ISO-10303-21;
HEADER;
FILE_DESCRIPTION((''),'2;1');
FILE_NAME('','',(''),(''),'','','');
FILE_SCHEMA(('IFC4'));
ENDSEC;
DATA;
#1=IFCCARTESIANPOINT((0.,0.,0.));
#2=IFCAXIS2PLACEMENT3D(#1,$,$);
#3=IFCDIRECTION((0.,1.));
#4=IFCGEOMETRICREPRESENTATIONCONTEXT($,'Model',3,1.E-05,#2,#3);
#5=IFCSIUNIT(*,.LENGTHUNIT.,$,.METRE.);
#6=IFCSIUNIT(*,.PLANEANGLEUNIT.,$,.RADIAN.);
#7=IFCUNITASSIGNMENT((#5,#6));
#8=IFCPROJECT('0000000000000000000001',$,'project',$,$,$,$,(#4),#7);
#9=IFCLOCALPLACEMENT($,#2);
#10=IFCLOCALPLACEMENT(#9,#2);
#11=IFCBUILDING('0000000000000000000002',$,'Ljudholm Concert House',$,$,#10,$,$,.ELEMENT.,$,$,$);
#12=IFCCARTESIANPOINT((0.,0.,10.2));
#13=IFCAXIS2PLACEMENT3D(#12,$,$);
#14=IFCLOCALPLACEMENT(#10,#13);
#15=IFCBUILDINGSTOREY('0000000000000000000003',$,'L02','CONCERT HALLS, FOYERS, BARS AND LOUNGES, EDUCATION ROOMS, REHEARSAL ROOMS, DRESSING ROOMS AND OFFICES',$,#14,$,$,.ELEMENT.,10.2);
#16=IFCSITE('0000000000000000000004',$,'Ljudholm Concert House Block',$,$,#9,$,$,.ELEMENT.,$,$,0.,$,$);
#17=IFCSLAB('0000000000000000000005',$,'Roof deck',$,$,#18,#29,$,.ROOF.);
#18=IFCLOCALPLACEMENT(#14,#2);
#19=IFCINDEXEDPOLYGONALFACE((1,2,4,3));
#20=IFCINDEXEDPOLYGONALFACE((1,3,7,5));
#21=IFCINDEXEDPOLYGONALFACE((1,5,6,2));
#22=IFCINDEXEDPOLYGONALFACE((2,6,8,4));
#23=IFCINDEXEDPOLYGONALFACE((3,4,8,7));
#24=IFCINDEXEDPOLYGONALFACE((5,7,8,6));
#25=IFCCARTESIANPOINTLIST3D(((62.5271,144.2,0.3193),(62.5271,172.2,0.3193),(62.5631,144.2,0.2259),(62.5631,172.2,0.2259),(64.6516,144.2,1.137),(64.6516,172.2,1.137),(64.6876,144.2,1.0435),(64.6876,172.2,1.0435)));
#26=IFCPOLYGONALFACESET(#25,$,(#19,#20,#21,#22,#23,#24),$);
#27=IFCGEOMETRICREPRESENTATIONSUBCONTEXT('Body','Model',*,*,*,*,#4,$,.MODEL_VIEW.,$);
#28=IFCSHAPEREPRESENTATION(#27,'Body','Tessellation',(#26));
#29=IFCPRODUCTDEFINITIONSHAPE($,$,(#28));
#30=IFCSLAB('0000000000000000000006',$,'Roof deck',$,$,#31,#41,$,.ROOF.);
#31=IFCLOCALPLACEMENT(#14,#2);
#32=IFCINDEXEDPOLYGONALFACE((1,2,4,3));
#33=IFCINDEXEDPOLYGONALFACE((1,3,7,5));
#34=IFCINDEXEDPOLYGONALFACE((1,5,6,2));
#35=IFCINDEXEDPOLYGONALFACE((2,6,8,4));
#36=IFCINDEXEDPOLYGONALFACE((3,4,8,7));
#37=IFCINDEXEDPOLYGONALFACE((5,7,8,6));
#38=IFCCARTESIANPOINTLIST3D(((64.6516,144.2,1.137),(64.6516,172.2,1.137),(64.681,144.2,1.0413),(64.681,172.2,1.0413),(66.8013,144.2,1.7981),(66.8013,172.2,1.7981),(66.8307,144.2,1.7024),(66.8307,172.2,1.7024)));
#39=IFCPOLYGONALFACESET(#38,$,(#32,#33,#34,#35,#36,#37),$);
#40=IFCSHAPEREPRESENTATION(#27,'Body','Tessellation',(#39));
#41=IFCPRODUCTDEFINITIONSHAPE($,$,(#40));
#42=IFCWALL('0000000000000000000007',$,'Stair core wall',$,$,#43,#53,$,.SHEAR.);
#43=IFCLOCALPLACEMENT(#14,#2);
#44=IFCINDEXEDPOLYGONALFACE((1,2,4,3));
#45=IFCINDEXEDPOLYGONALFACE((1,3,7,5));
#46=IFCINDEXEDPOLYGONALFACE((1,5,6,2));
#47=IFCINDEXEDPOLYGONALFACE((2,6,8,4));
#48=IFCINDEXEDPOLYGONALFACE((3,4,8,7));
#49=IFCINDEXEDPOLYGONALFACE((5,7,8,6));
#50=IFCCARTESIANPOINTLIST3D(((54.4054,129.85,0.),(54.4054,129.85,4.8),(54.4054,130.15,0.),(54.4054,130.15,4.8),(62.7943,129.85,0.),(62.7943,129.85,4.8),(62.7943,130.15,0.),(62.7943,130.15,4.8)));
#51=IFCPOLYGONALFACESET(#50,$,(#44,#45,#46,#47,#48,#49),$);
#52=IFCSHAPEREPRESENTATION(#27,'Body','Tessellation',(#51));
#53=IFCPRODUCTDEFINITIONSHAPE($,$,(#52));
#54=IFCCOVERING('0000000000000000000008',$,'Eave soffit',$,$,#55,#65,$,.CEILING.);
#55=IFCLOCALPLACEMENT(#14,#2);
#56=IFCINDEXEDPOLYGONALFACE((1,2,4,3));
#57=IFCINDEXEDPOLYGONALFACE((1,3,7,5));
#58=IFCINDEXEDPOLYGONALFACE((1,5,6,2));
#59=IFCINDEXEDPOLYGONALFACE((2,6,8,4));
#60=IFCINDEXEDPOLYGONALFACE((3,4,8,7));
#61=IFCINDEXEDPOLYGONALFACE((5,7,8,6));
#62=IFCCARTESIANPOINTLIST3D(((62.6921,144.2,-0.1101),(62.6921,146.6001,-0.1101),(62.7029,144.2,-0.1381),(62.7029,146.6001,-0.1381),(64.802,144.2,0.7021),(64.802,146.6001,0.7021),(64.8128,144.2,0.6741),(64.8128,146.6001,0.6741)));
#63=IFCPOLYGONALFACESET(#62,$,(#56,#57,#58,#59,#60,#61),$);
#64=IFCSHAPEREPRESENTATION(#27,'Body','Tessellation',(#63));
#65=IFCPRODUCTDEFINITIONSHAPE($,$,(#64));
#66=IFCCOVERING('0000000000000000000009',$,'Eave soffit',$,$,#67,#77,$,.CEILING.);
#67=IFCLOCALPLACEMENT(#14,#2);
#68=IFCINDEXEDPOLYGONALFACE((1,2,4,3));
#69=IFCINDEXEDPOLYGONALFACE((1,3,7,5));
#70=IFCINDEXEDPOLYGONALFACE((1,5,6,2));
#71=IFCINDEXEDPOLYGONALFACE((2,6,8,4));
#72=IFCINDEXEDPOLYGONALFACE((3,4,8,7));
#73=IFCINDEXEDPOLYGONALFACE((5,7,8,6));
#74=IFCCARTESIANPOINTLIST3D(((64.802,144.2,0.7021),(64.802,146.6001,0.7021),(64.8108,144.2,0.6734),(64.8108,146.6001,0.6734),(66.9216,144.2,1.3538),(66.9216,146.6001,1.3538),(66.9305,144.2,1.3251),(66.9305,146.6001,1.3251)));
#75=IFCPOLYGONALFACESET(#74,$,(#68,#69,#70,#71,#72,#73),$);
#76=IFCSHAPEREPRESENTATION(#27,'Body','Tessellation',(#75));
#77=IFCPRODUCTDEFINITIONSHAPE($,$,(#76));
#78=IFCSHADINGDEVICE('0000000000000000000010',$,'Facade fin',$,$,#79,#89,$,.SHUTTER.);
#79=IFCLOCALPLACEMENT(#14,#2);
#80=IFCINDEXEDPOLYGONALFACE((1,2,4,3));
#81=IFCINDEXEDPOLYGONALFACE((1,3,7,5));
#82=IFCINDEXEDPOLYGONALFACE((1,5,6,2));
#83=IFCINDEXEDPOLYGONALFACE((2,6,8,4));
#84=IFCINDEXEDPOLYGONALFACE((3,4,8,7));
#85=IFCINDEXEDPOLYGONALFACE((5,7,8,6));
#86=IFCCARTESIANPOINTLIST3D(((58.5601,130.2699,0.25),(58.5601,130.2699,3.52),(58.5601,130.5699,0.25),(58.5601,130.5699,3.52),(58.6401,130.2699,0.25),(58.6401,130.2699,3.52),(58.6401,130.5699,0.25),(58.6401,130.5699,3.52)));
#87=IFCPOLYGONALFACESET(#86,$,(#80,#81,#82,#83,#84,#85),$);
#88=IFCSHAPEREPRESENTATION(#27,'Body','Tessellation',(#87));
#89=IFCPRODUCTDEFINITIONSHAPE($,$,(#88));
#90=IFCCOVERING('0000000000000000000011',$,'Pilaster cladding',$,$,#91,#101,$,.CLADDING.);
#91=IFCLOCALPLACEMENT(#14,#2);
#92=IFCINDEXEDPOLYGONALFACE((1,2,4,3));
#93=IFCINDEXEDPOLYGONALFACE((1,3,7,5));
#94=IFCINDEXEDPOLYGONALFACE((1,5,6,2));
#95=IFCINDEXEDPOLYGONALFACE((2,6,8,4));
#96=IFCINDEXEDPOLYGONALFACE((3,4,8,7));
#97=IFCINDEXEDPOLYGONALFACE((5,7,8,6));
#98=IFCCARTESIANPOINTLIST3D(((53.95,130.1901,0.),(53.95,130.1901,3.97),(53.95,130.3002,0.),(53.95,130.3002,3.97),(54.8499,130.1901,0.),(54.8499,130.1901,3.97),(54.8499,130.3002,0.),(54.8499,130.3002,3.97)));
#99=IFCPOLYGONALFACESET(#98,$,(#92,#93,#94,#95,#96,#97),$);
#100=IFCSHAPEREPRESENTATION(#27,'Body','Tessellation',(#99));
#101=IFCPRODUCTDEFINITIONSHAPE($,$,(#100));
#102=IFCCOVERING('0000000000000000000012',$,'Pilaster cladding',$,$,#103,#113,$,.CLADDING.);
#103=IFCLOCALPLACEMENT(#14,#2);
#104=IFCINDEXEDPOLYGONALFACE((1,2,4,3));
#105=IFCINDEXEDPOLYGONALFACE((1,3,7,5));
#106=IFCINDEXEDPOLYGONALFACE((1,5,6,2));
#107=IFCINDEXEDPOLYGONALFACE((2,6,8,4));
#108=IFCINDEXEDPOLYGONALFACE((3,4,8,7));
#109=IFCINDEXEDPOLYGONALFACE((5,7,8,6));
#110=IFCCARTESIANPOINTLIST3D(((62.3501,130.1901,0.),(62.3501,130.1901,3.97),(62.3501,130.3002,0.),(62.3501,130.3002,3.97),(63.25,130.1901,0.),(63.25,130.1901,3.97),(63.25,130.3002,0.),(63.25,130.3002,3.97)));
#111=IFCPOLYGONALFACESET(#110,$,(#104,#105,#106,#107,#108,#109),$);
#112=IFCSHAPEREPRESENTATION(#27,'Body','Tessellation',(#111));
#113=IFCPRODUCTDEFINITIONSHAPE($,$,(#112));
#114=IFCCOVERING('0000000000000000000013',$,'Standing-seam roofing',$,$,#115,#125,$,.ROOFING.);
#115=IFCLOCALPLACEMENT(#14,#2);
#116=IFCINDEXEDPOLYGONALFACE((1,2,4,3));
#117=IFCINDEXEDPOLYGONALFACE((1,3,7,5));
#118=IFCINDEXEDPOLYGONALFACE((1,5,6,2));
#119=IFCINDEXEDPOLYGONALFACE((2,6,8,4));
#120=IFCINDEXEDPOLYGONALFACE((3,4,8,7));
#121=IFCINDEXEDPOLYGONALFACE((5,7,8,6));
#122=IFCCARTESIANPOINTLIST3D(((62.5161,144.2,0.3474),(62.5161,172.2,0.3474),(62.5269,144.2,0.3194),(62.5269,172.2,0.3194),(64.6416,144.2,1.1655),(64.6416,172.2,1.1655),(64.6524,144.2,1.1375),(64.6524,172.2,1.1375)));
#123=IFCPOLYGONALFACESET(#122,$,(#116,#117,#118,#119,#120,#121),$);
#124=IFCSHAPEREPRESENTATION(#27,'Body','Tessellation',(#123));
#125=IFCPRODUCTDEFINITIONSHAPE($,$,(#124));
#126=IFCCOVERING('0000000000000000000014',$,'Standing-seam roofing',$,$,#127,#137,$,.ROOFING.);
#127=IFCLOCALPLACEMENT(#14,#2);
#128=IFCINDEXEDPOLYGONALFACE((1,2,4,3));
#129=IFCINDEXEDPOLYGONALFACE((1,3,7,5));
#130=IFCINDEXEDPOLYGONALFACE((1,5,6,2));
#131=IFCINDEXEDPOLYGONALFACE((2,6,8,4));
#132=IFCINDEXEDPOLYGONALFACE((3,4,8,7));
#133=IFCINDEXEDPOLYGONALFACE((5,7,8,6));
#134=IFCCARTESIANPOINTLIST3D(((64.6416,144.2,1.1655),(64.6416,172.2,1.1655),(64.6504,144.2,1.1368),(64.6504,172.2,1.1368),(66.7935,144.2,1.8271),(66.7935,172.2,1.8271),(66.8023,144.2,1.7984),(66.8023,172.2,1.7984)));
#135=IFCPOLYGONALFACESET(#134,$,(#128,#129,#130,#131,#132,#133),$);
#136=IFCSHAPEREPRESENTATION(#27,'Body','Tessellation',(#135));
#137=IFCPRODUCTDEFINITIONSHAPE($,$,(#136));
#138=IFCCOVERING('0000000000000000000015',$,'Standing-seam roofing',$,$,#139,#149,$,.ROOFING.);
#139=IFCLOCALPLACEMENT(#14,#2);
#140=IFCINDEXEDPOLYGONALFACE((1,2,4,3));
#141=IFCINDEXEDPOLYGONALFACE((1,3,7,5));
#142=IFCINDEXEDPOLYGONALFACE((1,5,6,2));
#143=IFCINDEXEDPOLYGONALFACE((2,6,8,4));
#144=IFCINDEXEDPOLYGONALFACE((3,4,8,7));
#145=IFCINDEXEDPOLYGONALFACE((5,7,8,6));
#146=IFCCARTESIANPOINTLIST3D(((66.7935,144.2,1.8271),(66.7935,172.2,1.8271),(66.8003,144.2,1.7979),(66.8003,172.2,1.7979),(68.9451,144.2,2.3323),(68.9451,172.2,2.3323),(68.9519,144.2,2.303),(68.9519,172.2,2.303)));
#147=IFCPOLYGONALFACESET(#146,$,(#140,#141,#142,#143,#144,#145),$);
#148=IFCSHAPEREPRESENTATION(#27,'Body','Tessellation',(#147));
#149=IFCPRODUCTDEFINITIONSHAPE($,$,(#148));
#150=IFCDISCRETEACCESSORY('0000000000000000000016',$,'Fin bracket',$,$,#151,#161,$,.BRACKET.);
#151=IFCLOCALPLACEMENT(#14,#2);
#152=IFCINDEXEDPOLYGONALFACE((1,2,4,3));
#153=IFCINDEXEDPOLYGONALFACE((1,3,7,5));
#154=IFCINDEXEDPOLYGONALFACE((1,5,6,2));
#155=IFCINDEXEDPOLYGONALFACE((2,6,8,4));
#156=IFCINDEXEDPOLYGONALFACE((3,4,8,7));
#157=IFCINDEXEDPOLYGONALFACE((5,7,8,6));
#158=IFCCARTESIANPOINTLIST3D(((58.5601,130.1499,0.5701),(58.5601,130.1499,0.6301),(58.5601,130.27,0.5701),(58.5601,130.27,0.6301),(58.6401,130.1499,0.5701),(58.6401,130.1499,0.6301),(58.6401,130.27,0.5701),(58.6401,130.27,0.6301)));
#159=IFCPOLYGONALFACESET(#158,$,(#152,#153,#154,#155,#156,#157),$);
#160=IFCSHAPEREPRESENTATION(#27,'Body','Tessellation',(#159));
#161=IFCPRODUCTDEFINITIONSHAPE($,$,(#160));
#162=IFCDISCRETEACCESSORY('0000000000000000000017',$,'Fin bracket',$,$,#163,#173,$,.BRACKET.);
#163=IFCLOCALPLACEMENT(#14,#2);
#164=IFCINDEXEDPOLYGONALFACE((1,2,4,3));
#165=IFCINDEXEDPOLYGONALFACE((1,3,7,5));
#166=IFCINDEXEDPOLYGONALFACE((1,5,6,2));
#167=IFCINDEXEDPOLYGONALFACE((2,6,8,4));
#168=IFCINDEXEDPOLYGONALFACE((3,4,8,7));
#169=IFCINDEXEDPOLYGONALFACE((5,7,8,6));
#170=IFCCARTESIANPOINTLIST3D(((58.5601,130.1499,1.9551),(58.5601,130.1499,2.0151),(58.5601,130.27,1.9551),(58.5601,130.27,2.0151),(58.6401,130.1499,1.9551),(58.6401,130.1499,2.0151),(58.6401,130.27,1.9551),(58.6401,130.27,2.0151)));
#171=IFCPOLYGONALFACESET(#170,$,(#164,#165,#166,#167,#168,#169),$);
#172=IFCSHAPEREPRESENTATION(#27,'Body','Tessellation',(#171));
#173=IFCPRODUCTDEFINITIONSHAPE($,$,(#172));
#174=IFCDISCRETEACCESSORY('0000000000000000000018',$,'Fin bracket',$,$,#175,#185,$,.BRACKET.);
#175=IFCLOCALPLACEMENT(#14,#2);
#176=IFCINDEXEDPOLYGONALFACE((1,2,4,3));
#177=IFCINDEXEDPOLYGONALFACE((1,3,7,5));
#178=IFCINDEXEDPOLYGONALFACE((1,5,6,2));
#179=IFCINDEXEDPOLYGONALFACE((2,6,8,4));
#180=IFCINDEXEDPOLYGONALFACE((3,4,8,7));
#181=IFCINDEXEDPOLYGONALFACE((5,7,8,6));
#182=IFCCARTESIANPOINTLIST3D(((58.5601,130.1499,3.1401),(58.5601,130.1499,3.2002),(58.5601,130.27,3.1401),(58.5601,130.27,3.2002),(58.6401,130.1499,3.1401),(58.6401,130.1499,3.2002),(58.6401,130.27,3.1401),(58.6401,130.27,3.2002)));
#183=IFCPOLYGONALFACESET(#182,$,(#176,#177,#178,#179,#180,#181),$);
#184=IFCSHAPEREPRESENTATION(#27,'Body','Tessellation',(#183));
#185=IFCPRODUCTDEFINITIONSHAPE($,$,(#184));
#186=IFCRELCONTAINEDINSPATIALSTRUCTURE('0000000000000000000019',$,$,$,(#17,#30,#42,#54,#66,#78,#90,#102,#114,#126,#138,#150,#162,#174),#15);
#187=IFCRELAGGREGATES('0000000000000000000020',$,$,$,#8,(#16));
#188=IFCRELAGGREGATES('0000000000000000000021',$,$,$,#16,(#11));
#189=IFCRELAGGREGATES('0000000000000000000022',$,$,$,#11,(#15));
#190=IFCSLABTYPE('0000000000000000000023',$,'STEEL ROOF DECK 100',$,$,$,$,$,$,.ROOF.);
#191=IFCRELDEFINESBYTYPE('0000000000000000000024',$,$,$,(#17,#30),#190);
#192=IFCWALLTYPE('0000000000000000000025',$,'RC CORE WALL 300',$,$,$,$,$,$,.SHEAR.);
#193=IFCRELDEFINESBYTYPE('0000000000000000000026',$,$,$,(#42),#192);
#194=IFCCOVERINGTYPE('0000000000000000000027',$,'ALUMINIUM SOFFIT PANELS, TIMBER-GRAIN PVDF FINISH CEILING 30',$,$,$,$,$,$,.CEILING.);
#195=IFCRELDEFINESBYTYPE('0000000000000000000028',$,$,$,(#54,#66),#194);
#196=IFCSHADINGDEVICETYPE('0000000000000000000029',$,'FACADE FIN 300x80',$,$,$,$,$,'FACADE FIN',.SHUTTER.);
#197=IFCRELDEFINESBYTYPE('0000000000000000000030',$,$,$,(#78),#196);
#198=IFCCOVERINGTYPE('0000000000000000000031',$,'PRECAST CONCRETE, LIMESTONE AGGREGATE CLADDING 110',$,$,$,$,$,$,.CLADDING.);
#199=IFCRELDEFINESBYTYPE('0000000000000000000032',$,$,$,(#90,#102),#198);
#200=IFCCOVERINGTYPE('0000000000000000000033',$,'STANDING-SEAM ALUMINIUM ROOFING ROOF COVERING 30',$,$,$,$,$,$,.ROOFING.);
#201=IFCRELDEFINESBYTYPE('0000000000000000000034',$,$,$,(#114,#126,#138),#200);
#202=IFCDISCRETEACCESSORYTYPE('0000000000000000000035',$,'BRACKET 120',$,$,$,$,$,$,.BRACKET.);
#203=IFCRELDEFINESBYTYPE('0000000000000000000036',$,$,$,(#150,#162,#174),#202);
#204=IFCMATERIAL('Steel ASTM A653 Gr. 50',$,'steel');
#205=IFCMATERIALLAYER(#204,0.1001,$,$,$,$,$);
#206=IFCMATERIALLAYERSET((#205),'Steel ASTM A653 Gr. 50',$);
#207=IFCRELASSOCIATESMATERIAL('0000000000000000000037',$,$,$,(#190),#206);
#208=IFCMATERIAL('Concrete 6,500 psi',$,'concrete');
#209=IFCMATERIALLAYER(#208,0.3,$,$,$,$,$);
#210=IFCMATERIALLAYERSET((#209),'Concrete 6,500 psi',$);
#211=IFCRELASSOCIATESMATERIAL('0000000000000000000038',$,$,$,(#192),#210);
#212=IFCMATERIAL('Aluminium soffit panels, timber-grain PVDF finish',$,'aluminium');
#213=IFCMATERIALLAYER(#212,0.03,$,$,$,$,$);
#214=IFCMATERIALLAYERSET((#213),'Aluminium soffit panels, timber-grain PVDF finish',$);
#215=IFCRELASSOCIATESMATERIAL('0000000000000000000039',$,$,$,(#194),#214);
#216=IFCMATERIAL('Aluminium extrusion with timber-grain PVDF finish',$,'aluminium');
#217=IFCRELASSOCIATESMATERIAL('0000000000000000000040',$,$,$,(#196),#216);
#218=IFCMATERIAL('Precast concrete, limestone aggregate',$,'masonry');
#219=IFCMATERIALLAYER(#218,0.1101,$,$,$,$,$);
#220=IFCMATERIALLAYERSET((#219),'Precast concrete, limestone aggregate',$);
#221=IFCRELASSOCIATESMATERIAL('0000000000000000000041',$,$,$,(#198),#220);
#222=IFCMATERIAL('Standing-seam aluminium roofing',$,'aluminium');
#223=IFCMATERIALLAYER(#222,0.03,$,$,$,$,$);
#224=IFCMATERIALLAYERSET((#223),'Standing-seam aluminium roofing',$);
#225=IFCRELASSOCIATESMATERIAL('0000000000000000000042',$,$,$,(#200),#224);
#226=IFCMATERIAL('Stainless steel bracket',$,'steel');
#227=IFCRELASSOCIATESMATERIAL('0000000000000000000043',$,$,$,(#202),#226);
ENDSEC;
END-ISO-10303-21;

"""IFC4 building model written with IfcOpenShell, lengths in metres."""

from ifc_helpers import new_model, si_unit, direction, frame, frame_2d, origin, origin_2d, place, context, subcontext, project, spatial, polyline, rectangle, outline, extrude, material, layer, layer_set, type_object, element, save


model = new_model("IFC4")

# Units and contexts
model_context = context("Model", 3, precision=1e-05, world=origin(), true_north=direction((0.0, 1.0)))
body_context = subcontext(model_context, "Body", "Model", "MODEL_VIEW")
ifc_project = project(units=[si_unit("LENGTHUNIT", "METRE"), si_unit("PLANEANGLEUNIT", "RADIAN")], contexts=[model_context])

# Site, building, storey
site_placement = place(None, origin())
site = spatial("IfcSite", under=ifc_project, at=site_placement, Name="Ljudholm Concert House Block", CompositionType="ELEMENT", RefElevation=0.0)
building_placement = place(site_placement, origin())
building = spatial("IfcBuilding", under=site, at=building_placement, Name="Ljudholm Concert House", CompositionType="ELEMENT")
storey_placement = place(building_placement, frame((0.0, 0.0, 10.2)))
storey = spatial("IfcBuildingStorey", under=building, at=storey_placement, Name="L02", Description="CONCERT HALLS, FOYERS, BARS AND LOUNGES, EDUCATION ROOMS, REHEARSAL ROOMS, DRESSING ROOMS AND OFFICES", CompositionType="ELEMENT", Elevation=10.2)

# Slabs
ifc_material_1 = material(Name="Steel ASTM A653 Gr. 50", Category="steel")
ifc_layer_1 = layer(ifc_material_1, 0.1001)
ifc_layer_set_1 = layer_set([ifc_layer_1], Name="Steel ASTM A653 Gr. 50")
slab_type = type_object("IfcSlabType", Name="STEEL ROOF DECK 100", PredefinedType="ROOF", material=ifc_layer_set_1)
slab_1_placement = place(storey_placement, frame((62.5271, 144.2, 0.3193), z_axis=(-0.359173, 0.0, 0.933271), x_axis=(0.933271, 0.0, 0.359173)))
element("IfcSlab", 1, at=slab_1_placement, inside=storey, type_object=slab_type, Name="Roof deck", PredefinedType="ROOF", context=body_context, shape_type="SweptSolid", body=[
    extrude(outline(polyline([(0.0, 0.0), (2.2764, 0.0), (2.2764, 28.0), (0.0, 28.0), (0.0, 0.0)])), origin(), (0.0, 0.0, -1.0), 0.1001),
])
slab_2_placement = place(storey_placement, frame((64.6516, 144.2, 1.137), z_axis=(-0.293964, 0.0, 0.955817), x_axis=(0.955817, 0.0, 0.293964)))
element("IfcSlab", 2, at=slab_2_placement, inside=storey, type_object=slab_type, Name="Roof deck", PredefinedType="ROOF", context=body_context, shape_type="SweptSolid", body=[
    extrude(outline(polyline([(0.0, 0.0), (2.249, 0.0), (2.249, 28.0), (0.0, 28.0), (0.0, 0.0)])), origin(), (0.0, 0.0, -1.0), 0.1001),
])

# Wall
ifc_material_2 = material(Name="Concrete 6,500 psi", Category="concrete")
ifc_layer_2 = layer(ifc_material_2, 0.3)
ifc_layer_set_2 = layer_set([ifc_layer_2], Name="Concrete 6,500 psi")
wall_type = type_object("IfcWallType", Name="RC CORE WALL 300", PredefinedType="SHEAR", material=ifc_layer_set_2)
wall_placement = place(storey_placement, frame((54.4055, 130.0, 0.0), z_axis=(0.0, 0.0, 1.0), x_axis=(1.0, 0.0, 0.0)))
element("IfcWall", 3, at=wall_placement, inside=storey, type_object=wall_type, Name="Stair core wall", PredefinedType="SHEAR", context=body_context, shape_type="SweptSolid", body=[
    extrude(rectangle(XDim=8.3889, YDim=0.3, at=frame_2d((4.1943, 0.0))), origin(), (0.0, 0.0, 1.0), 4.8),
])

# Coverings
ifc_material_3 = material(Name="Aluminium soffit panels, timber-grain PVDF finish", Category="aluminium")
ifc_layer_3 = layer(ifc_material_3, 0.03)
ifc_layer_set_3 = layer_set([ifc_layer_3], Name="Aluminium soffit panels, timber-grain PVDF finish")
covering_type_1 = type_object("IfcCoveringType", Name="ALUMINIUM SOFFIT PANELS, TIMBER-GRAIN PVDF FINISH CEILING 30", PredefinedType="CEILING", material=ifc_layer_set_3)
covering_1_placement = place(storey_placement, frame((62.6921, 144.2, -0.1101), z_axis=(-0.359276, 0.0, 0.933231), x_axis=(0.933231, 0.0, 0.359276)))
element("IfcCovering", 4, at=covering_1_placement, inside=storey, type_object=covering_type_1, Name="Eave soffit", PredefinedType="CEILING", context=body_context, shape_type="SweptSolid", body=[
    extrude(outline(polyline([(0.0, 0.0), (2.2608, 0.0), (2.2608, 2.4001), (0.0, 2.4001), (0.0, 0.0)])), origin(), (0.0, 0.0, -1.0), 0.03),
])
covering_2_placement = place(storey_placement, frame((64.802, 144.2, 0.7021), z_axis=(-0.293846, 0.0, 0.955853), x_axis=(0.955853, 0.0, 0.293846)))
element("IfcCovering", 5, at=covering_2_placement, inside=storey, type_object=covering_type_1, Name="Eave soffit", PredefinedType="CEILING", context=body_context, shape_type="SweptSolid", body=[
    extrude(outline(polyline([(0.0, 0.0), (2.2175, 0.0), (2.2175, 2.4001), (0.0, 2.4001), (0.0, 0.0)])), origin(), (0.0, 0.0, -1.0), 0.03),
])

# Shading device
ifc_material_4 = material(Name="Aluminium extrusion with timber-grain PVDF finish", Category="aluminium")
shading_device_type = type_object("IfcShadingDeviceType", Name="FACADE FIN 300x80", ElementType="FACADE FIN", PredefinedType="SHUTTER", material=ifc_material_4)
shading_device_placement = place(storey_placement, frame((58.6001, 130.4199, 0.25), z_axis=(0.0, 0.0, 1.0), x_axis=(0.0, 1.0, 0.0)))
element("IfcShadingDevice", 6, at=shading_device_placement, inside=storey, type_object=shading_device_type, Name="Facade fin", PredefinedType="SHUTTER", context=body_context, shape_type="SweptSolid", body=[
    extrude(rectangle(XDim=0.3, YDim=0.0801, at=origin_2d()), origin(), (0.0, 0.0, 1.0), 3.27),
])

# Coverings
ifc_material_5 = material(Name="Precast concrete, limestone aggregate", Category="masonry")
ifc_layer_4 = layer(ifc_material_5, 0.1101)
ifc_layer_set_4 = layer_set([ifc_layer_4], Name="Precast concrete, limestone aggregate")
covering_type_2 = type_object("IfcCoveringType", Name="PRECAST CONCRETE, LIMESTONE AGGREGATE CLADDING 110", PredefinedType="CLADDING", material=ifc_layer_set_4)
for number, where, z_axis, x_axis, name in (
    (7, (54.3999, 130.2451, 0.0), (0.0, 0.0, 1.0), (0.0, 1.0, 0.0), "Pilaster cladding"),
    (8, (62.8, 130.2451, 0.0), (0.0, 0.0, 1.0), (0.0, 1.0, 0.0), "Pilaster cladding"),
):
    element("IfcCovering", number, at=place(storey_placement, frame(where, z_axis=z_axis, x_axis=x_axis)), inside=storey, type_object=covering_type_2, Name=name, PredefinedType="CLADDING", context=body_context, shape_type="SweptSolid", body=[
        extrude(rectangle(XDim=0.1101, YDim=0.8999, at=origin_2d()), origin(), (0.0, 0.0, 1.0), 3.97),
    ])
ifc_material_6 = material(Name="Standing-seam aluminium roofing", Category="aluminium")
ifc_layer_5 = layer(ifc_material_6, 0.03)
ifc_layer_set_5 = layer_set([ifc_layer_5], Name="Standing-seam aluminium roofing")
covering_type_3 = type_object("IfcCoveringType", Name="STANDING-SEAM ALUMINIUM ROOFING ROOF COVERING 30", PredefinedType="ROOFING", material=ifc_layer_set_5)
covering_3_placement = place(storey_placement, frame((62.5161, 144.2, 0.3474), z_axis=(-0.359216, 0.0, 0.933254), x_axis=(0.933254, 0.0, 0.359216)))
element("IfcCovering", 9, at=covering_3_placement, inside=storey, type_object=covering_type_3, Name="Standing-seam roofing", PredefinedType="ROOFING", context=body_context, shape_type="SweptSolid", body=[
    extrude(outline(polyline([(0.0, 0.0), (2.2775, 0.0), (2.2775, 28.0), (0.0, 28.0), (0.0, 0.0)])), origin(), (0.0, 0.0, -1.0), 0.03),
])
covering_4_placement = place(storey_placement, frame((64.6416, 144.2, 1.1655), z_axis=(-0.293888, 0.0, 0.95584), x_axis=(0.95584, 0.0, 0.293888)))
element("IfcCovering", 10, at=covering_4_placement, inside=storey, type_object=covering_type_3, Name="Standing-seam roofing", PredefinedType="ROOFING", context=body_context, shape_type="SweptSolid", body=[
    extrude(outline(polyline([(0.0, 0.0), (2.2513, 0.0), (2.2513, 28.0), (0.0, 28.0), (0.0, 0.0)])), origin(), (0.0, 0.0, -1.0), 0.03),
])
covering_5_placement = place(storey_placement, frame((66.7935, 144.2, 1.8271), z_axis=(-0.228553, 0.0, 0.973531), x_axis=(0.973531, 0.0, 0.228553)))
element("IfcCovering", 11, at=covering_5_placement, inside=storey, type_object=covering_type_3, Name="Standing-seam roofing", PredefinedType="ROOFING", context=body_context, shape_type="SweptSolid", body=[
    extrude(outline(polyline([(0.0, 0.0), (2.2101, 0.0), (2.2101, 28.0), (0.0, 28.0), (0.0, 0.0)])), origin(), (0.0, 0.0, -1.0), 0.03),
])

# Discrete accessories
ifc_material_7 = material(Name="Stainless steel bracket", Category="steel")
discrete_accessory_type = type_object("IfcDiscreteAccessoryType", Name="BRACKET 120", PredefinedType="BRACKET", material=ifc_material_7)
for number, where, z_axis, x_axis, name in (
    (12, (58.6001, 130.21, 0.5701), (0.0, 0.0, 1.0), (0.0, 1.0, 0.0), "Fin bracket"),
    (13, (58.6001, 130.21, 1.9551), (0.0, 0.0, 1.0), (0.0, 1.0, 0.0), "Fin bracket"),
    (14, (58.6001, 130.21, 3.1401), (0.0, 0.0, 1.0), (0.0, 1.0, 0.0), "Fin bracket"),
):
    element("IfcDiscreteAccessory", number, at=place(storey_placement, frame(where, z_axis=z_axis, x_axis=x_axis)), inside=storey, type_object=discrete_accessory_type, Name=name, PredefinedType="BRACKET", context=body_context, shape_type="SweptSolid", body=[
        extrude(rectangle(XDim=0.1201, YDim=0.0801, at=origin_2d()), origin(), (0.0, 0.0, 1.0), 0.0601),
    ])

save(model, "model.ifc")
